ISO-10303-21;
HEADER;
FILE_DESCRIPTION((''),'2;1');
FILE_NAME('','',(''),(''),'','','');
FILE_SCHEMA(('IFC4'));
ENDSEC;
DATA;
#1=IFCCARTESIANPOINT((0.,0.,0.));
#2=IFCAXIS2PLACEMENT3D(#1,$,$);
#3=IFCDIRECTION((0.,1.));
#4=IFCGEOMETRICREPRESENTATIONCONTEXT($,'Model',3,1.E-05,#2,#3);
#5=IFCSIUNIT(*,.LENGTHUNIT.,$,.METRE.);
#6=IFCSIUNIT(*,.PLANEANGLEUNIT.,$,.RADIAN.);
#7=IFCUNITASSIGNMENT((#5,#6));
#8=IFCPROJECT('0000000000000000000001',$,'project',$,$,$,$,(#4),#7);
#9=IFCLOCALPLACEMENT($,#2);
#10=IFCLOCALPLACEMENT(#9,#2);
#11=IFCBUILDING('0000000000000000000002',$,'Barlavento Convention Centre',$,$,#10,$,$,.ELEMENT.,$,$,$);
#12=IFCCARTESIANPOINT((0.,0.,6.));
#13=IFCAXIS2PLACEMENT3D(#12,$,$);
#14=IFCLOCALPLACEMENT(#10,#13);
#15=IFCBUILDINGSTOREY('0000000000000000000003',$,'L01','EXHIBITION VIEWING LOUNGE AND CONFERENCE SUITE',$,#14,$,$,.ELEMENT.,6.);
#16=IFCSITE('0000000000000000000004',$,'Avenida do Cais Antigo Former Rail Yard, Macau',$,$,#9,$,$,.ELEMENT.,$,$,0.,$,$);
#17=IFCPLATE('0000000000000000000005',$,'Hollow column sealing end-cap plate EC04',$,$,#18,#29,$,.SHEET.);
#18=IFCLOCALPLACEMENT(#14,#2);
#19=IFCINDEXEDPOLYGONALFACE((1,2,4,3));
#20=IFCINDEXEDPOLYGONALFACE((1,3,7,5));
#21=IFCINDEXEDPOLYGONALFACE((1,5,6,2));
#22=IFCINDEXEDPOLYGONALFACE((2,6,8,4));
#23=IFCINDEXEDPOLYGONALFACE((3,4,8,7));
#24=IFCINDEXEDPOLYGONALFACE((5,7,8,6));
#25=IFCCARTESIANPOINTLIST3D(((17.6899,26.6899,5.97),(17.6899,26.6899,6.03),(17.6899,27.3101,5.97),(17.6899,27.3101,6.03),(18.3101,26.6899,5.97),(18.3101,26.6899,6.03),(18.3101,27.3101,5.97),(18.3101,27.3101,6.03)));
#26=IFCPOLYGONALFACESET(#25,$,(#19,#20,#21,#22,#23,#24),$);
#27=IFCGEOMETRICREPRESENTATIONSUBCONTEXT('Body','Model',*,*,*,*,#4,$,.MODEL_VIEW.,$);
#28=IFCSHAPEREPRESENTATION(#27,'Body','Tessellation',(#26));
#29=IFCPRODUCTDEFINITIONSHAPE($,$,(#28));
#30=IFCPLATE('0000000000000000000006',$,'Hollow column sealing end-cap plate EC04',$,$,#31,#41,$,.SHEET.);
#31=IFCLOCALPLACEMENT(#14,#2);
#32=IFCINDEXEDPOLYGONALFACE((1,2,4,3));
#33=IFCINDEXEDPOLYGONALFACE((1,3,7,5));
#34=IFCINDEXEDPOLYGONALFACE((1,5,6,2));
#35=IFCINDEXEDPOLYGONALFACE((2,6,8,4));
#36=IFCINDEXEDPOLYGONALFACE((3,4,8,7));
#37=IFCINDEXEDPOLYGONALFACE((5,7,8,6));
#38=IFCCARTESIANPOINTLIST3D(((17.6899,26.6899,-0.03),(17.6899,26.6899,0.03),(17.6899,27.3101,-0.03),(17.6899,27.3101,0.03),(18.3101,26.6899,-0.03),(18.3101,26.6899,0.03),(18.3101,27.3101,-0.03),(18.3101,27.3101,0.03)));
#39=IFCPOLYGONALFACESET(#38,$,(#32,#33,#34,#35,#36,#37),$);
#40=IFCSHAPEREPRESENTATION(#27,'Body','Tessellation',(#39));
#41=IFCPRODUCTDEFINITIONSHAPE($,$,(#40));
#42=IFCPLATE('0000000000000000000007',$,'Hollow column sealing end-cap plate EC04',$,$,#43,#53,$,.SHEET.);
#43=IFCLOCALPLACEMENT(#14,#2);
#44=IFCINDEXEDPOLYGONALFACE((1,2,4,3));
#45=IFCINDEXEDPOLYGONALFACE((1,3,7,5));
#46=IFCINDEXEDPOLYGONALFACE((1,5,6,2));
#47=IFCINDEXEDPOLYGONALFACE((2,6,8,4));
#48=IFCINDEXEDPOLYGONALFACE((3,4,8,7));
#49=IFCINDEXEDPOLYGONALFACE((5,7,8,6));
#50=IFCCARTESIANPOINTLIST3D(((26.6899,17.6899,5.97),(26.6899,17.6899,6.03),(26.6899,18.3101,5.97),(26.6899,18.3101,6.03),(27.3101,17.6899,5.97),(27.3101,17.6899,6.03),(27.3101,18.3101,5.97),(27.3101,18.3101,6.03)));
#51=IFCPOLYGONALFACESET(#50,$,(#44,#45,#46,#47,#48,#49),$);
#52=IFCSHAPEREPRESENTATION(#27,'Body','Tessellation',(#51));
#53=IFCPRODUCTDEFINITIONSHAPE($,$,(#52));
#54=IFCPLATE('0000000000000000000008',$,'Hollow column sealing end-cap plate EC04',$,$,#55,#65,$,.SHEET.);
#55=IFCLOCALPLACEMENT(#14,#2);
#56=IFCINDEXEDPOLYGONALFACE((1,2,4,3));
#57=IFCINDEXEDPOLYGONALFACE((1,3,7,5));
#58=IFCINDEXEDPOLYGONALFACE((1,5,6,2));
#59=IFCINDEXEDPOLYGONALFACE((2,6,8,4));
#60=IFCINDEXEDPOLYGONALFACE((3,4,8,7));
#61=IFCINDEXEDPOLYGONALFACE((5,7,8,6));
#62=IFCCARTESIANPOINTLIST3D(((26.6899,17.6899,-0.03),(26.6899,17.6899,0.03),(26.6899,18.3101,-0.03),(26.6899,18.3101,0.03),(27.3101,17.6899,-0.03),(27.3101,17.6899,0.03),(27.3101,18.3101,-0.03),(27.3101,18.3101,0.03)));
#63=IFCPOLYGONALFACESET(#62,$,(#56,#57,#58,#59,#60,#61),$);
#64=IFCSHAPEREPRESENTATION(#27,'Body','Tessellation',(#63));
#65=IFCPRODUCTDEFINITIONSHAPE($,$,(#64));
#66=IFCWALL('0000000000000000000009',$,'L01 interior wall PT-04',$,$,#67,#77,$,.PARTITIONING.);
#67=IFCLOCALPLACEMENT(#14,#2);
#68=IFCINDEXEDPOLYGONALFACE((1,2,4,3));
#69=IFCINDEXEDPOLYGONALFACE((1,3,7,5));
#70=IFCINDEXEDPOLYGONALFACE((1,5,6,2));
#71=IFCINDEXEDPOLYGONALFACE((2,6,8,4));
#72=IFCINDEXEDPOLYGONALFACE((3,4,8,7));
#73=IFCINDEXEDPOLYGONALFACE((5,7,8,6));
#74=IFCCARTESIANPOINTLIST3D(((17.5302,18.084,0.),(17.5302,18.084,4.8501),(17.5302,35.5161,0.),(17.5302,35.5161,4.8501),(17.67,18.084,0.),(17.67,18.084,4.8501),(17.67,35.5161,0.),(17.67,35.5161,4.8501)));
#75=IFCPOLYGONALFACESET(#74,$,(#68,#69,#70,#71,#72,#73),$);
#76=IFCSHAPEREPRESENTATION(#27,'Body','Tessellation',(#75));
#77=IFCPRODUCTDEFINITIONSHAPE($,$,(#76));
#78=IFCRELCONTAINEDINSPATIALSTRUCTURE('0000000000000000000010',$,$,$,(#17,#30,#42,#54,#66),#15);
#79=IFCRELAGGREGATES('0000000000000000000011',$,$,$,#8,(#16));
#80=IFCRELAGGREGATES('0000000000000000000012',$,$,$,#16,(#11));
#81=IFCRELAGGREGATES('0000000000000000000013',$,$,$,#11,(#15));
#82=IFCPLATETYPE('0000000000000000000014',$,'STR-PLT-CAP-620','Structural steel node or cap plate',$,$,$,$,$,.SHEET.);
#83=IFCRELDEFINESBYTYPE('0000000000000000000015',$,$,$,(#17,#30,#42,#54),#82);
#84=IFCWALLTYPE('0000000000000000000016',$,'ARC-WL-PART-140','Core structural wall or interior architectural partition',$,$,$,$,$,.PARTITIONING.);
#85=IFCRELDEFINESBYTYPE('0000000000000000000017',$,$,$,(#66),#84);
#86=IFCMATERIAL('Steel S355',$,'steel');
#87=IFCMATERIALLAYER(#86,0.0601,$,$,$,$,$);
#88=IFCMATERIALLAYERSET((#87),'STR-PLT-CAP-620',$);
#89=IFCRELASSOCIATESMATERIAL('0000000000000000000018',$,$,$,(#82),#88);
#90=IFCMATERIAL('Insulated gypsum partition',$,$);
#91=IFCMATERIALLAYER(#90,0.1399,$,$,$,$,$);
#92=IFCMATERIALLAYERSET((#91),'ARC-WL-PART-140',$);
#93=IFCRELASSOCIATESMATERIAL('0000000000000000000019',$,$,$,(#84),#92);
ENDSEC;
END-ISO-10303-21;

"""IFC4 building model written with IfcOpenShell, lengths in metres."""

from ifc_helpers import new_model, si_unit, direction, frame, frame_2d, origin, origin_2d, place, context, subcontext, project, spatial, rectangle, extrude, material, layer, layer_set, type_object, element, save


model = new_model("IFC4")

# Units and contexts
model_context = context("Model", 3, precision=1e-05, world=origin(), true_north=direction((0.0, 1.0)))
body_context = subcontext(model_context, "Body", "Model", "MODEL_VIEW")
ifc_project = project(units=[si_unit("LENGTHUNIT", "METRE"), si_unit("PLANEANGLEUNIT", "RADIAN")], contexts=[model_context])

# Site, building, storey
site_placement = place(None, origin())
site = spatial("IfcSite", under=ifc_project, at=site_placement, Name="Avenida do Cais Antigo Former Rail Yard, Macau", CompositionType="ELEMENT", RefElevation=0.0)
building_placement = place(site_placement, origin())
building = spatial("IfcBuilding", under=site, at=building_placement, Name="Barlavento Convention Centre", CompositionType="ELEMENT")
storey_placement = place(building_placement, frame((0.0, 0.0, 6.0)))
storey = spatial("IfcBuildingStorey", under=building, at=storey_placement, Name="L01", Description="EXHIBITION VIEWING LOUNGE AND CONFERENCE SUITE", CompositionType="ELEMENT", Elevation=6.0)

# Shared definitions
ifc_material_1 = material(Name="Steel S355", Category="steel")

# Plates
ifc_layer_1 = layer(ifc_material_1, 0.0601)
ifc_layer_set_1 = layer_set([ifc_layer_1], Name="STR-PLT-CAP-620")
plate_type = type_object("IfcPlateType", Name="STR-PLT-CAP-620", Description="Structural steel node or cap plate", PredefinedType="SHEET", material=ifc_layer_set_1)
for number, where, z_axis, x_axis, name in (
    (1, (18.0, 27.0, 5.97), (0.0, 0.0, 1.0), (1.0, 0.0, 0.0), "Hollow column sealing end-cap plate EC04"),
    (2, (18.0, 27.0, -0.03), (0.0, 0.0, 1.0), (1.0, 0.0, 0.0), "Hollow column sealing end-cap plate EC04"),
    (3, (27.0, 18.0, 5.97), (0.0, 0.0, 1.0), (1.0, 0.0, 0.0), "Hollow column sealing end-cap plate EC04"),
    (4, (27.0, 18.0, -0.03), (0.0, 0.0, 1.0), (1.0, 0.0, 0.0), "Hollow column sealing end-cap plate EC04"),
):
    element("IfcPlate", number, at=place(storey_placement, frame(where, z_axis=z_axis, x_axis=x_axis)), inside=storey, type_object=plate_type, Name=name, PredefinedType="SHEET", context=body_context, shape_type="SweptSolid", body=[
        extrude(rectangle(XDim=0.6201, YDim=0.6201, at=origin_2d()), origin(), (0.0, 0.0, 1.0), 0.0601),
    ])

# Wall
ifc_material_2 = material(Name="Insulated gypsum partition")
ifc_layer_2 = layer(ifc_material_2, 0.1399)
ifc_layer_set_2 = layer_set([ifc_layer_2], Name="ARC-WL-PART-140")
wall_type = type_object("IfcWallType", Name="ARC-WL-PART-140", Description="Core structural wall or interior architectural partition", PredefinedType="PARTITIONING", material=ifc_layer_set_2)
wall_placement = place(storey_placement, frame((17.6001, 18.084, 0.0), z_axis=(0.0, 0.0, 1.0), x_axis=(0.0, 1.0, 0.0)))
element("IfcWall", 5, at=wall_placement, inside=storey, type_object=wall_type, Name="L01 interior wall PT-04", PredefinedType="PARTITIONING", context=body_context, shape_type="SweptSolid", body=[
    extrude(rectangle(XDim=17.4321, YDim=0.1399, at=frame_2d((8.7161, 0.0))), origin(), (0.0, 0.0, 1.0), 4.8501),
])

save(model, "model.ifc")
